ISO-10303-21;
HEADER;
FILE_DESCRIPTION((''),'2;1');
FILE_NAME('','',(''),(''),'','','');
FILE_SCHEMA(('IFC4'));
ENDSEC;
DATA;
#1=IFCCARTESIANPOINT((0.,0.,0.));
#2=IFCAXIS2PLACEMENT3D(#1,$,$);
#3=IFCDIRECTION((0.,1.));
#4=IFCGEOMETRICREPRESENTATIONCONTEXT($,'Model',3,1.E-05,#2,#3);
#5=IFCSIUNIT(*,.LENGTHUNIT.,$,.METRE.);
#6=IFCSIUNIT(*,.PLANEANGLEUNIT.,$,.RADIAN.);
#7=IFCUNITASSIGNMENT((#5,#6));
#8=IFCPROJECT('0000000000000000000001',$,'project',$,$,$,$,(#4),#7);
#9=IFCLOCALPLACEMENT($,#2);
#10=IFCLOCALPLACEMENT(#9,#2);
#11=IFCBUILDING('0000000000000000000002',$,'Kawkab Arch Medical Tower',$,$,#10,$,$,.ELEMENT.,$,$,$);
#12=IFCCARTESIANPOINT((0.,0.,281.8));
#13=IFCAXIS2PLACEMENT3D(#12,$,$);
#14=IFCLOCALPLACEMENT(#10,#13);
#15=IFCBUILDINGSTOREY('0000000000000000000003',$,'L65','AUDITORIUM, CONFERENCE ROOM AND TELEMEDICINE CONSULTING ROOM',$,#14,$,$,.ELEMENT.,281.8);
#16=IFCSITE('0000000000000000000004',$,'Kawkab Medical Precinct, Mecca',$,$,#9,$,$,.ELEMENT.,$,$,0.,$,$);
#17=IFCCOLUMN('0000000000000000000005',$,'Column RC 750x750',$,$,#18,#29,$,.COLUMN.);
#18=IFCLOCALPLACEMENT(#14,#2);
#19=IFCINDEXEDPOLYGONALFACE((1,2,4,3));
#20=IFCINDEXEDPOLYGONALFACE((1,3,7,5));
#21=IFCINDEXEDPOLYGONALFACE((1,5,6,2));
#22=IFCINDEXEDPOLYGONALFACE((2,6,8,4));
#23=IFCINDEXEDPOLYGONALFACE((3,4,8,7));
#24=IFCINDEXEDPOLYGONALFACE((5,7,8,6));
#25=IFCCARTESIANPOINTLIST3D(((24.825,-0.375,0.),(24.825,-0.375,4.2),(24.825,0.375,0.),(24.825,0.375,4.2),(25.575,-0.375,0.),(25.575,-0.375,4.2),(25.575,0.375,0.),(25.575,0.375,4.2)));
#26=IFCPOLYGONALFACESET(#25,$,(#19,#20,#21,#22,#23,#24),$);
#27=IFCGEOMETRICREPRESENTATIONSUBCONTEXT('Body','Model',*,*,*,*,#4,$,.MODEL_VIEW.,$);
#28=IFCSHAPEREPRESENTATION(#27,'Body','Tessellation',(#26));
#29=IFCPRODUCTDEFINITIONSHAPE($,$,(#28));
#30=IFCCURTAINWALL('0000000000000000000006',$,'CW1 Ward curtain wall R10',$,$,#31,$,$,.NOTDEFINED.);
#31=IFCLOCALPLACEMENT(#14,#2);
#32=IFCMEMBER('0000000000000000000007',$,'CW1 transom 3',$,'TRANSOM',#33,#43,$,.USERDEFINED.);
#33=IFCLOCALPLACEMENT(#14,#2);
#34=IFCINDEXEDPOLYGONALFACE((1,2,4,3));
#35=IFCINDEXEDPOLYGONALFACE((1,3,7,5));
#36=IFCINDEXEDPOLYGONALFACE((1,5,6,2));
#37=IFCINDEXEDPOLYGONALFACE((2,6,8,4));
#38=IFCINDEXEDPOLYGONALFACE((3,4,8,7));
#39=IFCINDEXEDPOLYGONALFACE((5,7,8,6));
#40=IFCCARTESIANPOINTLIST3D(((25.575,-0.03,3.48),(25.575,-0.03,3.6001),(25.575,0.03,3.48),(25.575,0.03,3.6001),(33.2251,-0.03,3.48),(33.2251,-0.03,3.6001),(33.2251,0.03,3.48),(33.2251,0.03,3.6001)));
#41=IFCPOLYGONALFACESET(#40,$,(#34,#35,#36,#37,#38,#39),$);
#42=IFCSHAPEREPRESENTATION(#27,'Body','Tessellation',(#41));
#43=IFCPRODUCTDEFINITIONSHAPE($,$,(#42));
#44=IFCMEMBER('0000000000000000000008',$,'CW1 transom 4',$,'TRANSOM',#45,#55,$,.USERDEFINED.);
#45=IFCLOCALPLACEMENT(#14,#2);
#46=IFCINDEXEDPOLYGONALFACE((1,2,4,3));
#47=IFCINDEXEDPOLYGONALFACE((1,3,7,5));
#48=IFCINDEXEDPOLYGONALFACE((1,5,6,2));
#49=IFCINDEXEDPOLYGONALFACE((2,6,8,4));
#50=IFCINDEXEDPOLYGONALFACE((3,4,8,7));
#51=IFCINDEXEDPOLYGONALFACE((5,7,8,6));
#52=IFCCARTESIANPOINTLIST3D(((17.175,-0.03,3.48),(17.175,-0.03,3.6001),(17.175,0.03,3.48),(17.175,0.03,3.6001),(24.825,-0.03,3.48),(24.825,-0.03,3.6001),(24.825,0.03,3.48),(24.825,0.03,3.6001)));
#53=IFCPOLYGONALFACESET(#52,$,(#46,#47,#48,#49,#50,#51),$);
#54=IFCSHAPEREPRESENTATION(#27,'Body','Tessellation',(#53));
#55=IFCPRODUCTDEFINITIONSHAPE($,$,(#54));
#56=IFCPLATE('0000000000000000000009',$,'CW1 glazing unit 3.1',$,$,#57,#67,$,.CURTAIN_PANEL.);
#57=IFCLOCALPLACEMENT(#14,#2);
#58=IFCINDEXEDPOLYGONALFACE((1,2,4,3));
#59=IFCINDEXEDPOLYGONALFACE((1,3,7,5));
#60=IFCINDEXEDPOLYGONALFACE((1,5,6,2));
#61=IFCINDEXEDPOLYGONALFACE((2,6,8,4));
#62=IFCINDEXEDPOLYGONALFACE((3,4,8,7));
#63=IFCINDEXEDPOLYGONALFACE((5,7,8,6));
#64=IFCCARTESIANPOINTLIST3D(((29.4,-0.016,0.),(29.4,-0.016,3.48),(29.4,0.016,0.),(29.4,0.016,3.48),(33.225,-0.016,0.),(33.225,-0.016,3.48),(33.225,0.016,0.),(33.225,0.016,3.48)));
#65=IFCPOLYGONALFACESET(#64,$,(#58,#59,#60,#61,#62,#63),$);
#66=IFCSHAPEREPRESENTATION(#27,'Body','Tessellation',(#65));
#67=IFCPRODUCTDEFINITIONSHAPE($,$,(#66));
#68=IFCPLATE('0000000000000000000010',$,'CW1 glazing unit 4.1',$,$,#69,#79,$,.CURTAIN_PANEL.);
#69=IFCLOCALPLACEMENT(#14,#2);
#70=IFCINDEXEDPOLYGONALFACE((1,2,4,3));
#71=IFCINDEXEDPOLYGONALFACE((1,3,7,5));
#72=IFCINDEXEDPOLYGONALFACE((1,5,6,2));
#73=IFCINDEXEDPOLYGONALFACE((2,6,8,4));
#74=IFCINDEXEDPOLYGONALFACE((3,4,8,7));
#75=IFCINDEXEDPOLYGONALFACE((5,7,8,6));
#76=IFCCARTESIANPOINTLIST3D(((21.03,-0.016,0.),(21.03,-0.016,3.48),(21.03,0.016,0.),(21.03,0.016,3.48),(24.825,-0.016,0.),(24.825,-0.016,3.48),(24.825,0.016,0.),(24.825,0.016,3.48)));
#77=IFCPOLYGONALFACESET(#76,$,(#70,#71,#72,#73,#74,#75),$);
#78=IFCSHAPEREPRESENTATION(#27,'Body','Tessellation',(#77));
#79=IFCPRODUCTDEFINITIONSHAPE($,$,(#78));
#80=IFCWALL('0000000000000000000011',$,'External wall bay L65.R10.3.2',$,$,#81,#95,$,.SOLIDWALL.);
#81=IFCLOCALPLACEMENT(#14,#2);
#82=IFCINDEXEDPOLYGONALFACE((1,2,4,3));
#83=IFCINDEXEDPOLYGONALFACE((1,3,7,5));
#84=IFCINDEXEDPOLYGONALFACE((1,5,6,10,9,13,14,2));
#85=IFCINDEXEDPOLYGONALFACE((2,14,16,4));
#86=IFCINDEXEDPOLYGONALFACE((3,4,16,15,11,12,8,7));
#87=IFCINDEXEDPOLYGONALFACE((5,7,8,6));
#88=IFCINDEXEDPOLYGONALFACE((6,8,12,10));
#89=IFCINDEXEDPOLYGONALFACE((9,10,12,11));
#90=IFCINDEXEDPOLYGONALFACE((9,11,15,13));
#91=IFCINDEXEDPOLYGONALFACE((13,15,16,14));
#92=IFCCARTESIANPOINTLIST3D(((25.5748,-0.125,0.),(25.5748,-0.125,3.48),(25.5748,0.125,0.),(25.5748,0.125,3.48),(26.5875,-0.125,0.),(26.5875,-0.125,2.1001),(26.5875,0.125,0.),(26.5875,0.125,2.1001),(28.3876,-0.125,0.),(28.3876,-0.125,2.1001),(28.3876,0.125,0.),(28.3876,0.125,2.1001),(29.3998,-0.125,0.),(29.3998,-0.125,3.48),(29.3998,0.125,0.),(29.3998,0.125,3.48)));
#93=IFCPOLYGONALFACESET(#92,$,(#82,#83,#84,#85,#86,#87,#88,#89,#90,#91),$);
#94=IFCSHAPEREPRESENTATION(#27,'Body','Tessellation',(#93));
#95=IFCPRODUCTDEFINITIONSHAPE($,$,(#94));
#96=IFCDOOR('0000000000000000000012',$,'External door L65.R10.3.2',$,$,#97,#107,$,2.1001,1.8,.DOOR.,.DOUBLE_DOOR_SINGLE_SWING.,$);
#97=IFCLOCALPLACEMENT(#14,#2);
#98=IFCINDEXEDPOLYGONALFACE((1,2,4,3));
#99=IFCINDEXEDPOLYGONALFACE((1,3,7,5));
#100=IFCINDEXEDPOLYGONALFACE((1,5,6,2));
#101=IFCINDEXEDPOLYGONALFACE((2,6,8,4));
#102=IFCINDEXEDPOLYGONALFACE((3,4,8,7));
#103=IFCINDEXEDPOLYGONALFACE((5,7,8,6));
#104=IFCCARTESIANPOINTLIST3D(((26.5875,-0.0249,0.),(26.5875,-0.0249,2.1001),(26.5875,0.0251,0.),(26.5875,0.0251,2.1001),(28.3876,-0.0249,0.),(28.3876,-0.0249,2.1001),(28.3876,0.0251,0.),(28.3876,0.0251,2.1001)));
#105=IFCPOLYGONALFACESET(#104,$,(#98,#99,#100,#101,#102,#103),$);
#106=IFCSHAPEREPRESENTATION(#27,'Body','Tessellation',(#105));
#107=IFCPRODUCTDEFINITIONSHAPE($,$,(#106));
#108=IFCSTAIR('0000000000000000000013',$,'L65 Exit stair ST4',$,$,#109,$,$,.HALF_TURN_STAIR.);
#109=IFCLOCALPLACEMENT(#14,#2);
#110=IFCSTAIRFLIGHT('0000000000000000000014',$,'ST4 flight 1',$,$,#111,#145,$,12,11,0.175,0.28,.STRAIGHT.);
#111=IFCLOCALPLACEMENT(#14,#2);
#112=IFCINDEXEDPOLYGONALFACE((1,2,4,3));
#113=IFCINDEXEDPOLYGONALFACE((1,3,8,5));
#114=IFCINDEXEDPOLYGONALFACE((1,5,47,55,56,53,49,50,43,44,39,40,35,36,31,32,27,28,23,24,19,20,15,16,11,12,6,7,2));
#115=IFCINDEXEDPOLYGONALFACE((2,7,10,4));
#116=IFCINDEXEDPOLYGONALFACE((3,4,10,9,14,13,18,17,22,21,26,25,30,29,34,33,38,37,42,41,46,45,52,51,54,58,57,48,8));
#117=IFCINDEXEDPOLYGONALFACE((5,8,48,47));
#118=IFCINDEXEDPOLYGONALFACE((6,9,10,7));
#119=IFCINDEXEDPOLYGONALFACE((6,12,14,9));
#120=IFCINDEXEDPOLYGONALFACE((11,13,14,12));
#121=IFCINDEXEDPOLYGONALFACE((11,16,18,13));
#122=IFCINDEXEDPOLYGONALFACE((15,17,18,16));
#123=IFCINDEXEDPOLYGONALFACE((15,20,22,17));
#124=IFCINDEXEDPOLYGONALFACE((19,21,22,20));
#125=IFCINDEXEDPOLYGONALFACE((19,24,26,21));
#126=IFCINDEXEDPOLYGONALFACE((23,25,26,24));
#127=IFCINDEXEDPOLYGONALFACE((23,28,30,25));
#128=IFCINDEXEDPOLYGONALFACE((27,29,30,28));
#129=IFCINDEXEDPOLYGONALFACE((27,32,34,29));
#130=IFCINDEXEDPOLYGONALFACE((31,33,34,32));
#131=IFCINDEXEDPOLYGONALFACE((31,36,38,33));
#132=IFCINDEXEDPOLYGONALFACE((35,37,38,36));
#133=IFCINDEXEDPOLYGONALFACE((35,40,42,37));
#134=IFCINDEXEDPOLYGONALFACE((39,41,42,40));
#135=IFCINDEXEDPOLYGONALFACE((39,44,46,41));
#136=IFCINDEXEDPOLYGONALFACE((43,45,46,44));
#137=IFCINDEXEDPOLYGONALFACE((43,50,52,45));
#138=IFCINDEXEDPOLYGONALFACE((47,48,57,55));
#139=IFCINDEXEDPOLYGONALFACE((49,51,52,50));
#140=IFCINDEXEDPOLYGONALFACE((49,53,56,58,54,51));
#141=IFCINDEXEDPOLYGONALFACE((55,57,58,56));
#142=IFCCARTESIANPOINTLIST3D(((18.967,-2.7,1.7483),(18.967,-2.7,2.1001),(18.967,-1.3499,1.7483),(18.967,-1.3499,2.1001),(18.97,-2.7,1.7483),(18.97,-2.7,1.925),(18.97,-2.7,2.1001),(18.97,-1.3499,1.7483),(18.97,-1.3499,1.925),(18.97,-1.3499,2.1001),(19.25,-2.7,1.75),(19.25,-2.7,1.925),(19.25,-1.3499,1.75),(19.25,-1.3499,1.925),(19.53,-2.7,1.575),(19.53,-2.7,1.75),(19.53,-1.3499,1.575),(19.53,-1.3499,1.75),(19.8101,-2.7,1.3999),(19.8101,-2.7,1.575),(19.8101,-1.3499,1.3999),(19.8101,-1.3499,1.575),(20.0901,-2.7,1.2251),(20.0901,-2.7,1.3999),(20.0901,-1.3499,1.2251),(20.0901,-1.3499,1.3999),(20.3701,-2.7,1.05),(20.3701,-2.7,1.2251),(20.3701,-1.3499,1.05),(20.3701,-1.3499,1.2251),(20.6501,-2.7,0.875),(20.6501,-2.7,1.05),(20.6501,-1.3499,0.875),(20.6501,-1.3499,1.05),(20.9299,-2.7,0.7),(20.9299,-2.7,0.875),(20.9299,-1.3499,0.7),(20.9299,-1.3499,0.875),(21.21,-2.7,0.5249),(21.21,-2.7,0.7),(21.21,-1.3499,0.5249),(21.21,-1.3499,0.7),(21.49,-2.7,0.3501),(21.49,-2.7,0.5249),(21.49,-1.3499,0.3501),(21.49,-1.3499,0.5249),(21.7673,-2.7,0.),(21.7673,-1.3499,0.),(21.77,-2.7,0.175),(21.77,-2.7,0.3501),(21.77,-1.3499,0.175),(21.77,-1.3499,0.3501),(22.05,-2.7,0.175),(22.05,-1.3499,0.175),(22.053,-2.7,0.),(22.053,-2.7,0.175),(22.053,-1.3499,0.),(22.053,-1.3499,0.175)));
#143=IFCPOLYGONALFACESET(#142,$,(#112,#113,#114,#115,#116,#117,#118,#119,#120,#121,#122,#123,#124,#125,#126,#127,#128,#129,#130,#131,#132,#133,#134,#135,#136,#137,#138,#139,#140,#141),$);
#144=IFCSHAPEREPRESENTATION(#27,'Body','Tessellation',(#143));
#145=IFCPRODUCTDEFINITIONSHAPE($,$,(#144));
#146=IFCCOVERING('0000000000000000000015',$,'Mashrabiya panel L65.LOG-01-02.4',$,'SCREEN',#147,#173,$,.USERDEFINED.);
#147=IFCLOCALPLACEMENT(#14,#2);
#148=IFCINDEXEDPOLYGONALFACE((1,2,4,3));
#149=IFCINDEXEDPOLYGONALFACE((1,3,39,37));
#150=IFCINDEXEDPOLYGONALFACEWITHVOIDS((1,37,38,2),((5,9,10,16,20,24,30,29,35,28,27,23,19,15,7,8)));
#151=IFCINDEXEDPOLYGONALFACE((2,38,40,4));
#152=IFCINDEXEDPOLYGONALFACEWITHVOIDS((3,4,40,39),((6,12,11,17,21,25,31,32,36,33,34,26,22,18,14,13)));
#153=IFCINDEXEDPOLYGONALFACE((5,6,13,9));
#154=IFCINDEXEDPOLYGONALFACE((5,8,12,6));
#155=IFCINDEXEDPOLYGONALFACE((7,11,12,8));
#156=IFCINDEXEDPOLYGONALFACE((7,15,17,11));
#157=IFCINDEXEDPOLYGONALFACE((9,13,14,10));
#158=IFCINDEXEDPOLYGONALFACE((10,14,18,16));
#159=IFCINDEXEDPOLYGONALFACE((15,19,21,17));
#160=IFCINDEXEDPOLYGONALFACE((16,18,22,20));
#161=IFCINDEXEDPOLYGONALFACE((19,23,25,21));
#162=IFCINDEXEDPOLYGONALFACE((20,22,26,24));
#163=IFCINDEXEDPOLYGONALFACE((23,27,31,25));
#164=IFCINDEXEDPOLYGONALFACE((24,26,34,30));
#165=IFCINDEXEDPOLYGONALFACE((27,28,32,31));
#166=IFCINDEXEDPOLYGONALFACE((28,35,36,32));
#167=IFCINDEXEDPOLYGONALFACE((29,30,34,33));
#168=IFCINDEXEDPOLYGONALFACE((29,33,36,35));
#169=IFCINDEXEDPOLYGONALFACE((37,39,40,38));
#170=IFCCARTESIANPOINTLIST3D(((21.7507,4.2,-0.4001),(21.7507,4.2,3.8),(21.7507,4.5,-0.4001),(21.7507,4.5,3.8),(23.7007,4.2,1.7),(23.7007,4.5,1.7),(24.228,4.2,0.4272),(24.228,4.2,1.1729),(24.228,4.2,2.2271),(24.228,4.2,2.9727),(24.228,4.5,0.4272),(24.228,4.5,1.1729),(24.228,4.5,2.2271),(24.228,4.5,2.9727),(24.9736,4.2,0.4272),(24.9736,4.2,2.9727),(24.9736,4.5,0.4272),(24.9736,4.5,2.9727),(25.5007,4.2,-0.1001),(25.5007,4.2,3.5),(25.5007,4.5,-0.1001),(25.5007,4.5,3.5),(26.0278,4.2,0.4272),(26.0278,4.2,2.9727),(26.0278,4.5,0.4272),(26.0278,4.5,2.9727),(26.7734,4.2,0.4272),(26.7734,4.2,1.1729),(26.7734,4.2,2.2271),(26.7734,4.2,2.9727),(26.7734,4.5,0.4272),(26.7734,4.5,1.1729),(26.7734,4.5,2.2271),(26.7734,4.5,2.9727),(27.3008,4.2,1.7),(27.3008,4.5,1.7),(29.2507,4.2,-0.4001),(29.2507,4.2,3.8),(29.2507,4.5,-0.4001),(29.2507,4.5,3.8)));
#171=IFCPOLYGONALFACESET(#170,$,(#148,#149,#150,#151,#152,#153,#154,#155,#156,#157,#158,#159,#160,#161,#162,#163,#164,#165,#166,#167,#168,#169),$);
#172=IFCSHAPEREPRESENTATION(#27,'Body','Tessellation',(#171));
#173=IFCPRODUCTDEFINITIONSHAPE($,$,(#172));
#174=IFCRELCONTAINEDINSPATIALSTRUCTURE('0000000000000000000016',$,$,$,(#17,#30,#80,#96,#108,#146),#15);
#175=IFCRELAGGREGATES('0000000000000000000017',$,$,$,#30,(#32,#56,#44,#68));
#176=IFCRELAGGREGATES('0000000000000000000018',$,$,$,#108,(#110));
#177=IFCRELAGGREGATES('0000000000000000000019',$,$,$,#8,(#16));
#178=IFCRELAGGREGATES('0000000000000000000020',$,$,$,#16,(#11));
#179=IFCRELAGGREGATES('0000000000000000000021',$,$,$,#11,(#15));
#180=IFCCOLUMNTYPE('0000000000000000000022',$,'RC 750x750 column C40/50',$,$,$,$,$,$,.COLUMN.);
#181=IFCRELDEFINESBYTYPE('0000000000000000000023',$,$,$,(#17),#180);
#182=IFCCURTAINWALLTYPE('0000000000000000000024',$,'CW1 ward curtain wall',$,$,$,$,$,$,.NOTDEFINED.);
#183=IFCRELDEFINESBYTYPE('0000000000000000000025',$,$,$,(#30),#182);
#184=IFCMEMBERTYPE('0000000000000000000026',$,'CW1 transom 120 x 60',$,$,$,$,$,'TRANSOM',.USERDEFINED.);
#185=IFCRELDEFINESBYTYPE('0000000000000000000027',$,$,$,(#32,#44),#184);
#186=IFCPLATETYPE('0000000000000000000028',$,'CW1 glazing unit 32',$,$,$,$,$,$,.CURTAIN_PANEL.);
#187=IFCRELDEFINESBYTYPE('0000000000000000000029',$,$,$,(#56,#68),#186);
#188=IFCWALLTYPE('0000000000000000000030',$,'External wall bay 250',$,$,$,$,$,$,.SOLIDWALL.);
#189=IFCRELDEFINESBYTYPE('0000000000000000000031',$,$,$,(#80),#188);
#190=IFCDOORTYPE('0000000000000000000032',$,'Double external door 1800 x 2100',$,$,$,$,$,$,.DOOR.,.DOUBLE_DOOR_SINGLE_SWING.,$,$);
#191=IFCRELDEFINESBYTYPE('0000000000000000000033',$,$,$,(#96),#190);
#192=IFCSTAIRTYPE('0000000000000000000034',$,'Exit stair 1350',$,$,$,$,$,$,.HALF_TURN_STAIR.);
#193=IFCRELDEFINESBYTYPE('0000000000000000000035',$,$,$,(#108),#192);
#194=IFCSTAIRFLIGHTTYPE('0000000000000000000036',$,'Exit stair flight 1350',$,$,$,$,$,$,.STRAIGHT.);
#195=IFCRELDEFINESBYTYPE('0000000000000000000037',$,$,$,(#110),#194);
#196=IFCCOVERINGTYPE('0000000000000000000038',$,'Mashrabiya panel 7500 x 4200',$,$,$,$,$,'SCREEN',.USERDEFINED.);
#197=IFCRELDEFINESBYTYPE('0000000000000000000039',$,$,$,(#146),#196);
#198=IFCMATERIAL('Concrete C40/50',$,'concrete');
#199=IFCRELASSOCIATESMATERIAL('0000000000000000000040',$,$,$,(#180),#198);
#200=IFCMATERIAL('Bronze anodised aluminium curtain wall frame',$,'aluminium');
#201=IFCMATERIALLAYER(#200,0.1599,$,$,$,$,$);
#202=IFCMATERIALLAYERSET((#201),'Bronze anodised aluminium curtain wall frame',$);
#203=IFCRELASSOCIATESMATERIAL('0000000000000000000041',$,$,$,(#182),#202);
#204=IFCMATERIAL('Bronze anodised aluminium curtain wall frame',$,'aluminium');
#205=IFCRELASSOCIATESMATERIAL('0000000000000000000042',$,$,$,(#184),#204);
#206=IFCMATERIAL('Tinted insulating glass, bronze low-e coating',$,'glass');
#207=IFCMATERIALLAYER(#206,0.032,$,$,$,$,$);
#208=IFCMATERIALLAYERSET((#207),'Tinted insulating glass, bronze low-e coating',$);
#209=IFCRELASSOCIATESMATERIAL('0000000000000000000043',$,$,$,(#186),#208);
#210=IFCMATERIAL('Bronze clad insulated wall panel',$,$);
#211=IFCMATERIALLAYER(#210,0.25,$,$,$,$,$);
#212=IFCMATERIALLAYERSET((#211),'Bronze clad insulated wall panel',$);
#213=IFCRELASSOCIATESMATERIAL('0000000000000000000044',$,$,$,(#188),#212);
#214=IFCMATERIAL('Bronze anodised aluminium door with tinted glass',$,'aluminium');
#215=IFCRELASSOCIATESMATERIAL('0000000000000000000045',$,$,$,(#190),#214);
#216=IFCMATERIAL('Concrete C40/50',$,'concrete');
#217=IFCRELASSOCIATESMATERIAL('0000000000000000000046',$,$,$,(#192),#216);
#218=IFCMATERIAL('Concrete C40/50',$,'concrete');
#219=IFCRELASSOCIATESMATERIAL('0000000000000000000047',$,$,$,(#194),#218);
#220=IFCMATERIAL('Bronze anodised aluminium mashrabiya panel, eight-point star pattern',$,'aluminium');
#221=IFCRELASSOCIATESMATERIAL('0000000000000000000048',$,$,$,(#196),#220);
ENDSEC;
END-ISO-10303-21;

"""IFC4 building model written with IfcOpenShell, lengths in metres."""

from ifc_helpers import new_model, si_unit, direction, frame, frame_2d, origin, origin_2d, place, context, subcontext, project, spatial, polyline, rectangle, outline, extrude, material, layer, layer_set, material_profile, profile_set, type_object, element, fill, aggregate, save


model = new_model("IFC4")

# Units and contexts
model_context = context("Model", 3, precision=1e-05, world=origin(), true_north=direction((0.0, 1.0)))
body_context = subcontext(model_context, "Body", "Model", "MODEL_VIEW")
ifc_project = project(units=[si_unit("LENGTHUNIT", "METRE"), si_unit("PLANEANGLEUNIT", "RADIAN")], contexts=[model_context])

# Site, building, storey
site_placement = place(None, origin())
site = spatial("IfcSite", under=ifc_project, at=site_placement, Name="Kawkab Medical Precinct, Mecca", CompositionType="ELEMENT", RefElevation=0.0)
building_placement = place(site_placement, origin())
building = spatial("IfcBuilding", under=site, at=building_placement, Name="Kawkab Arch Medical Tower", CompositionType="ELEMENT")
storey_placement = place(building_placement, frame((0.0, 0.0, 281.8)))
storey = spatial("IfcBuildingStorey", under=building, at=storey_placement, Name="L65", Description="AUDITORIUM, CONFERENCE ROOM AND TELEMEDICINE CONSULTING ROOM", CompositionType="ELEMENT", Elevation=281.8)

# Column
ifc_material_1 = material(Name="Concrete C40/50", Category="concrete")
ifc_material_profile_1 = material_profile(ifc_material_1, rectangle(XDim=0.75, YDim=0.75, at=origin_2d()), Name="RC 750x750")
ifc_profile_set_1 = profile_set([ifc_material_profile_1], Name="Concrete C40/50")
column_type = type_object("IfcColumnType", Name="RC 750x750 column C40/50", PredefinedType="COLUMN", material=ifc_profile_set_1)
column_placement = place(storey_placement, frame((25.2, 0.0, 0.0), z_axis=(0.0, 0.0, 1.0), x_axis=(1.0, 0.0, 0.0)))
element("IfcColumn", 1, at=column_placement, inside=storey, type_object=column_type, Name="Column RC 750x750", PredefinedType="COLUMN", context=body_context, shape_type="SweptSolid", body=[
    extrude(rectangle(XDim=0.75, YDim=0.75, at=origin_2d()), origin(), (0.0, 0.0, 1.0), 4.2),
])

# Curtain wall, members, plates
ifc_material_2 = material(Name="Bronze anodised aluminium curtain wall frame", Category="aluminium")
ifc_layer_1 = layer(ifc_material_2, 0.1599)
ifc_layer_set_1 = layer_set([ifc_layer_1], Name="Bronze anodised aluminium curtain wall frame")
curtain_wall_type = type_object("IfcCurtainWallType", Name="CW1 ward curtain wall", PredefinedType="NOTDEFINED", material=ifc_layer_set_1)
placement = place(storey_placement, origin())
curtain_wall = element("IfcCurtainWall", 2, at=placement, inside=storey, type_object=curtain_wall_type, Name="CW1 Ward curtain wall R10", PredefinedType="NOTDEFINED")
ifc_material_3 = material(Name="Bronze anodised aluminium curtain wall frame", Category="aluminium")
ifc_material_profile_2 = material_profile(ifc_material_3, rectangle(XDim=0.0601, YDim=0.1201, at=origin_2d()), Name="AL 60x120")
ifc_profile_set_2 = profile_set([ifc_material_profile_2], Name="Bronze anodised aluminium curtain wall frame")
member_type = type_object("IfcMemberType", Name="CW1 transom 120 x 60", ElementType="TRANSOM", PredefinedType="USERDEFINED", material=ifc_profile_set_2)
member_1_placement = place(storey_placement, frame((33.2251, 0.0, 3.54), z_axis=(-1.0, 0.0, 0.0), x_axis=(0.0, -1.0, 0.0)))
member_1 = element("IfcMember", 3, at=member_1_placement, type_object=member_type, Name="CW1 transom 3", ObjectType="TRANSOM", PredefinedType="USERDEFINED", context=body_context, shape_type="SweptSolid", body=[
    extrude(rectangle(XDim=0.0601, YDim=0.1201, at=origin_2d()), origin(), (0.0, 0.0, 1.0), 7.6501),
])
member_2_placement = place(storey_placement, frame((24.825, 0.0, 3.54), z_axis=(-1.0, 0.0, 0.0), x_axis=(0.0, -1.0, 0.0)))
member_2 = element("IfcMember", 4, at=member_2_placement, type_object=member_type, Name="CW1 transom 4", ObjectType="TRANSOM", PredefinedType="USERDEFINED", context=body_context, shape_type="SweptSolid", body=[
    extrude(rectangle(XDim=0.0601, YDim=0.1201, at=origin_2d()), origin(), (0.0, 0.0, 1.0), 7.6499),
])
ifc_material_4 = material(Name="Tinted insulating glass, bronze low-e coating", Category="glass")
ifc_layer_2 = layer(ifc_material_4, 0.032)
ifc_layer_set_2 = layer_set([ifc_layer_2], Name="Tinted insulating glass, bronze low-e coating")
plate_type = type_object("IfcPlateType", Name="CW1 glazing unit 32", PredefinedType="CURTAIN_PANEL", material=ifc_layer_set_2)
plate_1_placement = place(storey_placement, frame((31.3125, 0.0, 0.0), z_axis=(0.0, 0.0, 1.0), x_axis=(-1.0, 0.0, 0.0)))
plate_1 = element("IfcPlate", 5, at=plate_1_placement, type_object=plate_type, Name="CW1 glazing unit 3.1", PredefinedType="CURTAIN_PANEL", context=body_context, shape_type="SweptSolid", body=[
    extrude(rectangle(XDim=3.825, YDim=0.032, at=origin_2d()), origin(), (0.0, 0.0, 1.0), 3.48),
])
plate_2_placement = place(storey_placement, frame((22.9275, 0.0, 0.0), z_axis=(0.0, 0.0, 1.0), x_axis=(-1.0, 0.0, 0.0)))
plate_2 = element("IfcPlate", 6, at=plate_2_placement, type_object=plate_type, Name="CW1 glazing unit 4.1", PredefinedType="CURTAIN_PANEL", context=body_context, shape_type="SweptSolid", body=[
    extrude(rectangle(XDim=3.7949, YDim=0.032, at=origin_2d()), origin(), (0.0, 0.0, 1.0), 3.48),
])
aggregate(curtain_wall, [member_1, plate_1, member_2, plate_2])

# Wall, opening, door
ifc_material_5 = material(Name="Bronze clad insulated wall panel")
ifc_layer_3 = layer(ifc_material_5, 0.25)
ifc_layer_set_3 = layer_set([ifc_layer_3], Name="Bronze clad insulated wall panel")
wall_type = type_object("IfcWallType", Name="External wall bay 250", PredefinedType="SOLIDWALL", material=ifc_layer_set_3)
wall_placement = place(storey_placement, frame((29.3999, 0.0, 0.0), z_axis=(0.0, 0.0, 1.0), x_axis=(-1.0, 0.0, 0.0)))
wall = element("IfcWall", 7, at=wall_placement, inside=storey, type_object=wall_type, Name="External wall bay L65.R10.3.2", PredefinedType="SOLIDWALL", context=body_context, shape_type="SweptSolid", body=[
    extrude(rectangle(XDim=3.825, YDim=0.25, at=frame_2d((1.9126, 0.0))), origin(), (0.0, 0.0, 1.0), 3.48),
])
opening_placement = place(wall_placement, frame((1.0125, 0.0, 0.0)))
opening = element("IfcOpeningElement", 8, at=opening_placement, cuts=wall, PredefinedType="OPENING", context=body_context, shape_type="SweptSolid", body=[
    extrude(rectangle(XDim=1.8, YDim=2.1001, at=frame_2d((0.8999, 1.05))), frame((0.0, 0.135, 0.0), z_axis=(0.0, -1.0, 0.0), x_axis=(1.0, 0.0, 0.0)), (0.0, 0.0, 1.0), 0.27),
])
ifc_material_6 = material(Name="Bronze anodised aluminium door with tinted glass", Category="aluminium")
door_type = type_object("IfcDoorType", Name="Double external door 1800 x 2100", OperationType="DOUBLE_DOOR_SINGLE_SWING", PredefinedType="DOOR", material=ifc_material_6)
door_placement = place(opening_placement, origin())
door = element("IfcDoor", 9, at=door_placement, inside=storey, type_object=door_type, Name="External door L65.R10.3.2", OperationType="DOUBLE_DOOR_SINGLE_SWING", OverallHeight=2.1001, OverallWidth=1.8, PredefinedType="DOOR", context=body_context, shape_type="SweptSolid", body=[
    extrude(rectangle(XDim=1.8, YDim=2.1001, at=frame_2d((0.8999, 1.05))), frame((0.0, 0.0249, 0.0), z_axis=(0.0, -1.0, 0.0), x_axis=(1.0, 0.0, 0.0)), (0.0, 0.0, 1.0), 0.05),
])
fill(opening, door)

# Stair, stair flight
ifc_material_7 = material(Name="Concrete C40/50", Category="concrete")
stair_type = type_object("IfcStairType", Name="Exit stair 1350", PredefinedType="HALF_TURN_STAIR", material=ifc_material_7)
stair = element("IfcStair", 10, at=placement, inside=storey, type_object=stair_type, Name="L65 Exit stair ST4", PredefinedType="HALF_TURN_STAIR")
ifc_material_8 = material(Name="Concrete C40/50", Category="concrete")
stair_flight_type = type_object("IfcStairFlightType", Name="Exit stair flight 1350", PredefinedType="STRAIGHT", material=ifc_material_8)
stair_flight_placement = place(storey_placement, frame((22.05, -2.0249, 0.0), z_axis=(0.0, 0.0, 1.0), x_axis=(-1.0, 0.0, 0.0)))
stair_flight = element("IfcStairFlight", 11, at=stair_flight_placement, type_object=stair_flight_type, Name="ST4 flight 1", NumberOfRisers=12, NumberOfTreads=11, PredefinedType="STRAIGHT", RiserHeight=0.175, TreadLength=0.28, context=body_context, shape_type="SweptSolid", body=[
    extrude(outline(polyline([(-0.0029, 0.0), (-0.0029, 0.175), (0.0, 0.175), (0.28, 0.175), (0.28, 0.3501), (0.5601, 0.3501), (0.5601, 0.5249), (0.8401, 0.5249), (0.8401, 0.7), (1.1201, 0.7), (1.1201, 0.875), (1.3999, 0.875), (1.3999, 1.05), (1.6799, 1.05), (1.6799, 1.2251), (1.96, 1.2251), (1.96, 1.3999), (2.24, 1.3999), (2.24, 1.575), (2.52, 1.575), (2.52, 1.75), (2.8, 1.75), (2.8, 1.925), (3.0801, 1.925), (3.0801, 2.1001), (3.083, 2.1001), (3.083, 1.7483), (3.0801, 1.7483), (0.2827, 0.0), (-0.0029, 0.0)])), frame((0.0, 0.675, 0.0), z_axis=(0.0, -1.0, 0.0), x_axis=(1.0, 0.0, 0.0)), (0.0, 0.0, 1.0), 1.3501),
])
aggregate(stair, [stair_flight])

# Covering
ifc_material_9 = material(Name="Bronze anodised aluminium mashrabiya panel, eight-point star pattern", Category="aluminium")
ifc_material_profile_3 = material_profile(ifc_material_9, outline(polyline([(-3.75, -2.1001), (3.75, -2.1001), (3.75, 2.1001), (-3.75, 2.1001), (-3.75, -2.1001)]), holes=[polyline([(1.8, 0.0), (1.2727, 0.5271), (1.2727, 1.2727), (0.5271, 1.2727), (0.0, 1.8), (-0.5271, 1.2727), (-1.2727, 1.2727), (-1.2727, 0.5271), (-1.8, 0.0), (-1.2727, -0.5271), (-1.2727, -1.2727), (-0.5271, -1.2727), (0.0, -1.8), (0.5271, -1.2727), (1.2727, -1.2727), (1.2727, -0.5271), (1.8, 0.0)])]), Name="Mashrabiya panel 7500x4200")
ifc_profile_set_3 = profile_set([ifc_material_profile_3], Name="Bronze anodised aluminium mashrabiya panel, eight-point star pattern")
covering_type_1 = type_object("IfcCoveringType", Name="Mashrabiya panel 7500 x 4200", ElementType="SCREEN", PredefinedType="USERDEFINED", material=ifc_profile_set_3)
covering_1_placement = place(storey_placement, frame((25.5007, 4.2, 1.7), z_axis=(0.0, 1.0, 0.0), x_axis=(-1.0, 0.0, 0.0)))
element("IfcCovering", 12, at=covering_1_placement, inside=storey, type_object=covering_type_1, Name="Mashrabiya panel L65.LOG-01-02.4", ObjectType="SCREEN", PredefinedType="USERDEFINED", context=body_context, shape_type="SweptSolid", body=[
    extrude(outline(polyline([(-3.75, -2.1001), (3.75, -2.1001), (3.75, 2.1001), (-3.75, 2.1001), (-3.75, -2.1001)]), holes=[polyline([(1.8, 0.0), (1.2727, 0.5271), (1.2727, 1.2727), (0.5271, 1.2727), (0.0, 1.8), (-0.5271, 1.2727), (-1.2727, 1.2727), (-1.2727, 0.5271), (-1.8, 0.0), (-1.2727, -0.5271), (-1.2727, -1.2727), (-0.5271, -1.2727), (0.0, -1.8), (0.5271, -1.2727), (1.2727, -1.2727), (1.2727, -0.5271), (1.8, 0.0)])]), origin(), (0.0, 0.0, 1.0), 0.3),
])

save(model, "model.ifc")
